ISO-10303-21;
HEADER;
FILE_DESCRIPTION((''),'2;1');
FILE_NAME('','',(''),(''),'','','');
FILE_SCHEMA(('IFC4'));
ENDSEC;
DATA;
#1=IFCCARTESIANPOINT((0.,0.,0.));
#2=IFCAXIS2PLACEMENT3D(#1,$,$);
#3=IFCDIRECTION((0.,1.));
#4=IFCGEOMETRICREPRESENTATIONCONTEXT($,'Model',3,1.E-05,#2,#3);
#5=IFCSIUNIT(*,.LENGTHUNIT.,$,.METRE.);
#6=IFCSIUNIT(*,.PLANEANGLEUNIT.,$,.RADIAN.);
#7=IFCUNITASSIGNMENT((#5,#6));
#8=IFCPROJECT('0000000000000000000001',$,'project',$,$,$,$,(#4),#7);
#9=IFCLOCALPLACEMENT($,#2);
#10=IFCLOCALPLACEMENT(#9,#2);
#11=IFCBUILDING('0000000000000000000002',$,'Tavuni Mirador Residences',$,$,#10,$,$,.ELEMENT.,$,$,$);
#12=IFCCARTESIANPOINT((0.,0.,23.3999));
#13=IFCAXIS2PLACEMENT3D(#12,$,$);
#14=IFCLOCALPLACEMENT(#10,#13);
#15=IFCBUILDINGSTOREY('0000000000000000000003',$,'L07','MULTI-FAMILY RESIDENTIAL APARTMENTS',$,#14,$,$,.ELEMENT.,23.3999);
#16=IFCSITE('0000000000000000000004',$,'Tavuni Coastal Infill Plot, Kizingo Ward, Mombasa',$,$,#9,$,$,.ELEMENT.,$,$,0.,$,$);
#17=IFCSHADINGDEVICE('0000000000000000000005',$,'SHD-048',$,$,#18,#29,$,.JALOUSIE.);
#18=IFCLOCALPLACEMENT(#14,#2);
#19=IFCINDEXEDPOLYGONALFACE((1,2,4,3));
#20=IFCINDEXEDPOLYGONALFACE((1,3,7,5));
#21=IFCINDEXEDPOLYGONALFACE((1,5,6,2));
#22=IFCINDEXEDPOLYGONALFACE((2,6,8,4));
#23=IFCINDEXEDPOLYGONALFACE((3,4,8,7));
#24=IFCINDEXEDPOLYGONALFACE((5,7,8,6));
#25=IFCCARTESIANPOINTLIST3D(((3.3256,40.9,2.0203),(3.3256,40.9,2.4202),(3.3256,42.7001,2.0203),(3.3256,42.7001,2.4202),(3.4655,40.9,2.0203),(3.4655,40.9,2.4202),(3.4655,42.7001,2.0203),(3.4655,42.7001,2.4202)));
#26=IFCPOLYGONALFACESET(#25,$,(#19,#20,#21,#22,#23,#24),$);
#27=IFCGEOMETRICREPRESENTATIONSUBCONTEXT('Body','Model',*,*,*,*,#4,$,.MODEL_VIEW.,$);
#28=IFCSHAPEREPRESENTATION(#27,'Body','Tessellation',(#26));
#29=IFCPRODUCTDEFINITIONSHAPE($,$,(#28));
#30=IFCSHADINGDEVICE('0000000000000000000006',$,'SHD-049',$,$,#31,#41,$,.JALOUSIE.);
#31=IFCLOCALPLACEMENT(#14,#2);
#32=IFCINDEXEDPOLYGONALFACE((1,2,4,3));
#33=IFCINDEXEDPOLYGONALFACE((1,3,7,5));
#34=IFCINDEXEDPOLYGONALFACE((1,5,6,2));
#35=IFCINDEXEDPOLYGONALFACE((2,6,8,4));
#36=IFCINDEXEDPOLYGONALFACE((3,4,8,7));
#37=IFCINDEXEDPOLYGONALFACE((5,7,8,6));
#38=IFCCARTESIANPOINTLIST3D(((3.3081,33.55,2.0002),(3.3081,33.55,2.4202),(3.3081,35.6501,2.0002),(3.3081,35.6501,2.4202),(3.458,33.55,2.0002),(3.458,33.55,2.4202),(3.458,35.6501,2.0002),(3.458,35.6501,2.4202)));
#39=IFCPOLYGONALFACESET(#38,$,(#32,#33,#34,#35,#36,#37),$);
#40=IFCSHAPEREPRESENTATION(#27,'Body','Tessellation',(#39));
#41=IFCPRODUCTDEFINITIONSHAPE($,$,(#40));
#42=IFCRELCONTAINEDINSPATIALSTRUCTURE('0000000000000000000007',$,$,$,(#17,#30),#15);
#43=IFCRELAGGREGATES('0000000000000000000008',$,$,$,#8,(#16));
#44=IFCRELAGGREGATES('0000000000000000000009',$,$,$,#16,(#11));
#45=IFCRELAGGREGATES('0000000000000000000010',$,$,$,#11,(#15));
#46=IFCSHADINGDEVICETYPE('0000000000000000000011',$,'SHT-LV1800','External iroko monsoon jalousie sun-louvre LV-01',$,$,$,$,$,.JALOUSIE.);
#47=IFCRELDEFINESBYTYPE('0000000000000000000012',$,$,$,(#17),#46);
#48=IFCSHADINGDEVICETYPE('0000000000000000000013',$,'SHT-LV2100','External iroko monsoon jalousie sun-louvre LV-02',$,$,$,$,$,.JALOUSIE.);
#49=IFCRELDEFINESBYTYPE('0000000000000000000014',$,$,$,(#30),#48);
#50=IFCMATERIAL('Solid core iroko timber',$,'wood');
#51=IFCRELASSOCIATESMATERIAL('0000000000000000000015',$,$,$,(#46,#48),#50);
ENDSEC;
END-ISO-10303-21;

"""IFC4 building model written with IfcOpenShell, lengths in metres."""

from ifc_helpers import new_model, si_unit, direction, frame, origin, origin_2d, place, context, subcontext, project, spatial, rectangle, extrude, material, type_object, element, save


model = new_model("IFC4")

# Units and contexts
model_context = context("Model", 3, precision=1e-05, world=origin(), true_north=direction((0.0, 1.0)))
body_context = subcontext(model_context, "Body", "Model", "MODEL_VIEW")
ifc_project = project(units=[si_unit("LENGTHUNIT", "METRE"), si_unit("PLANEANGLEUNIT", "RADIAN")], contexts=[model_context])

# Site, building, storey
site_placement = place(None, origin())
site = spatial("IfcSite", under=ifc_project, at=site_placement, Name="Tavuni Coastal Infill Plot, Kizingo Ward, Mombasa", CompositionType="ELEMENT", RefElevation=0.0)
building_placement = place(site_placement, origin())
building = spatial("IfcBuilding", under=site, at=building_placement, Name="Tavuni Mirador Residences", CompositionType="ELEMENT")
storey_placement = place(building_placement, frame((0.0, 0.0, 23.3999)))
storey = spatial("IfcBuildingStorey", under=building, at=storey_placement, Name="L07", Description="MULTI-FAMILY RESIDENTIAL APARTMENTS", CompositionType="ELEMENT", Elevation=23.3999)

# Shared definitions
ifc_material_1 = material(Name="Solid core iroko timber", Category="wood")

# Shading devices
shading_device_type_1 = type_object("IfcShadingDeviceType", Name="SHT-LV1800", Description="External iroko monsoon jalousie sun-louvre LV-01", PredefinedType="JALOUSIE", material=ifc_material_1)
shading_device_1_placement = place(storey_placement, frame((3.3955, 41.8, 2.0203), z_axis=(0.0, 0.0, 1.0), x_axis=(0.0, -1.0, 0.0)))
element("IfcShadingDevice", 1, at=shading_device_1_placement, inside=storey, type_object=shading_device_type_1, Name="SHD-048", PredefinedType="JALOUSIE", context=body_context, shape_type="SweptSolid", body=[
    extrude(rectangle(XDim=1.8, YDim=0.1399, at=origin_2d()), origin(), (0.0, 0.0, 1.0), 0.3999),
])
shading_device_type_2 = type_object("IfcShadingDeviceType", Name="SHT-LV2100", Description="External iroko monsoon jalousie sun-louvre LV-02", PredefinedType="JALOUSIE", material=ifc_material_1)
shading_device_2_placement = place(storey_placement, frame((3.3831, 34.6001, 2.0002), z_axis=(0.0, 0.0, 1.0), x_axis=(0.0, -1.0, 0.0)))
element("IfcShadingDevice", 2, at=shading_device_2_placement, inside=storey, type_object=shading_device_type_2, Name="SHD-049", PredefinedType="JALOUSIE", context=body_context, shape_type="SweptSolid", body=[
    extrude(rectangle(XDim=2.1001, YDim=0.1499, at=origin_2d()), origin(), (0.0, 0.0, 1.0), 0.4199),
])

save(model, "model.ifc")
